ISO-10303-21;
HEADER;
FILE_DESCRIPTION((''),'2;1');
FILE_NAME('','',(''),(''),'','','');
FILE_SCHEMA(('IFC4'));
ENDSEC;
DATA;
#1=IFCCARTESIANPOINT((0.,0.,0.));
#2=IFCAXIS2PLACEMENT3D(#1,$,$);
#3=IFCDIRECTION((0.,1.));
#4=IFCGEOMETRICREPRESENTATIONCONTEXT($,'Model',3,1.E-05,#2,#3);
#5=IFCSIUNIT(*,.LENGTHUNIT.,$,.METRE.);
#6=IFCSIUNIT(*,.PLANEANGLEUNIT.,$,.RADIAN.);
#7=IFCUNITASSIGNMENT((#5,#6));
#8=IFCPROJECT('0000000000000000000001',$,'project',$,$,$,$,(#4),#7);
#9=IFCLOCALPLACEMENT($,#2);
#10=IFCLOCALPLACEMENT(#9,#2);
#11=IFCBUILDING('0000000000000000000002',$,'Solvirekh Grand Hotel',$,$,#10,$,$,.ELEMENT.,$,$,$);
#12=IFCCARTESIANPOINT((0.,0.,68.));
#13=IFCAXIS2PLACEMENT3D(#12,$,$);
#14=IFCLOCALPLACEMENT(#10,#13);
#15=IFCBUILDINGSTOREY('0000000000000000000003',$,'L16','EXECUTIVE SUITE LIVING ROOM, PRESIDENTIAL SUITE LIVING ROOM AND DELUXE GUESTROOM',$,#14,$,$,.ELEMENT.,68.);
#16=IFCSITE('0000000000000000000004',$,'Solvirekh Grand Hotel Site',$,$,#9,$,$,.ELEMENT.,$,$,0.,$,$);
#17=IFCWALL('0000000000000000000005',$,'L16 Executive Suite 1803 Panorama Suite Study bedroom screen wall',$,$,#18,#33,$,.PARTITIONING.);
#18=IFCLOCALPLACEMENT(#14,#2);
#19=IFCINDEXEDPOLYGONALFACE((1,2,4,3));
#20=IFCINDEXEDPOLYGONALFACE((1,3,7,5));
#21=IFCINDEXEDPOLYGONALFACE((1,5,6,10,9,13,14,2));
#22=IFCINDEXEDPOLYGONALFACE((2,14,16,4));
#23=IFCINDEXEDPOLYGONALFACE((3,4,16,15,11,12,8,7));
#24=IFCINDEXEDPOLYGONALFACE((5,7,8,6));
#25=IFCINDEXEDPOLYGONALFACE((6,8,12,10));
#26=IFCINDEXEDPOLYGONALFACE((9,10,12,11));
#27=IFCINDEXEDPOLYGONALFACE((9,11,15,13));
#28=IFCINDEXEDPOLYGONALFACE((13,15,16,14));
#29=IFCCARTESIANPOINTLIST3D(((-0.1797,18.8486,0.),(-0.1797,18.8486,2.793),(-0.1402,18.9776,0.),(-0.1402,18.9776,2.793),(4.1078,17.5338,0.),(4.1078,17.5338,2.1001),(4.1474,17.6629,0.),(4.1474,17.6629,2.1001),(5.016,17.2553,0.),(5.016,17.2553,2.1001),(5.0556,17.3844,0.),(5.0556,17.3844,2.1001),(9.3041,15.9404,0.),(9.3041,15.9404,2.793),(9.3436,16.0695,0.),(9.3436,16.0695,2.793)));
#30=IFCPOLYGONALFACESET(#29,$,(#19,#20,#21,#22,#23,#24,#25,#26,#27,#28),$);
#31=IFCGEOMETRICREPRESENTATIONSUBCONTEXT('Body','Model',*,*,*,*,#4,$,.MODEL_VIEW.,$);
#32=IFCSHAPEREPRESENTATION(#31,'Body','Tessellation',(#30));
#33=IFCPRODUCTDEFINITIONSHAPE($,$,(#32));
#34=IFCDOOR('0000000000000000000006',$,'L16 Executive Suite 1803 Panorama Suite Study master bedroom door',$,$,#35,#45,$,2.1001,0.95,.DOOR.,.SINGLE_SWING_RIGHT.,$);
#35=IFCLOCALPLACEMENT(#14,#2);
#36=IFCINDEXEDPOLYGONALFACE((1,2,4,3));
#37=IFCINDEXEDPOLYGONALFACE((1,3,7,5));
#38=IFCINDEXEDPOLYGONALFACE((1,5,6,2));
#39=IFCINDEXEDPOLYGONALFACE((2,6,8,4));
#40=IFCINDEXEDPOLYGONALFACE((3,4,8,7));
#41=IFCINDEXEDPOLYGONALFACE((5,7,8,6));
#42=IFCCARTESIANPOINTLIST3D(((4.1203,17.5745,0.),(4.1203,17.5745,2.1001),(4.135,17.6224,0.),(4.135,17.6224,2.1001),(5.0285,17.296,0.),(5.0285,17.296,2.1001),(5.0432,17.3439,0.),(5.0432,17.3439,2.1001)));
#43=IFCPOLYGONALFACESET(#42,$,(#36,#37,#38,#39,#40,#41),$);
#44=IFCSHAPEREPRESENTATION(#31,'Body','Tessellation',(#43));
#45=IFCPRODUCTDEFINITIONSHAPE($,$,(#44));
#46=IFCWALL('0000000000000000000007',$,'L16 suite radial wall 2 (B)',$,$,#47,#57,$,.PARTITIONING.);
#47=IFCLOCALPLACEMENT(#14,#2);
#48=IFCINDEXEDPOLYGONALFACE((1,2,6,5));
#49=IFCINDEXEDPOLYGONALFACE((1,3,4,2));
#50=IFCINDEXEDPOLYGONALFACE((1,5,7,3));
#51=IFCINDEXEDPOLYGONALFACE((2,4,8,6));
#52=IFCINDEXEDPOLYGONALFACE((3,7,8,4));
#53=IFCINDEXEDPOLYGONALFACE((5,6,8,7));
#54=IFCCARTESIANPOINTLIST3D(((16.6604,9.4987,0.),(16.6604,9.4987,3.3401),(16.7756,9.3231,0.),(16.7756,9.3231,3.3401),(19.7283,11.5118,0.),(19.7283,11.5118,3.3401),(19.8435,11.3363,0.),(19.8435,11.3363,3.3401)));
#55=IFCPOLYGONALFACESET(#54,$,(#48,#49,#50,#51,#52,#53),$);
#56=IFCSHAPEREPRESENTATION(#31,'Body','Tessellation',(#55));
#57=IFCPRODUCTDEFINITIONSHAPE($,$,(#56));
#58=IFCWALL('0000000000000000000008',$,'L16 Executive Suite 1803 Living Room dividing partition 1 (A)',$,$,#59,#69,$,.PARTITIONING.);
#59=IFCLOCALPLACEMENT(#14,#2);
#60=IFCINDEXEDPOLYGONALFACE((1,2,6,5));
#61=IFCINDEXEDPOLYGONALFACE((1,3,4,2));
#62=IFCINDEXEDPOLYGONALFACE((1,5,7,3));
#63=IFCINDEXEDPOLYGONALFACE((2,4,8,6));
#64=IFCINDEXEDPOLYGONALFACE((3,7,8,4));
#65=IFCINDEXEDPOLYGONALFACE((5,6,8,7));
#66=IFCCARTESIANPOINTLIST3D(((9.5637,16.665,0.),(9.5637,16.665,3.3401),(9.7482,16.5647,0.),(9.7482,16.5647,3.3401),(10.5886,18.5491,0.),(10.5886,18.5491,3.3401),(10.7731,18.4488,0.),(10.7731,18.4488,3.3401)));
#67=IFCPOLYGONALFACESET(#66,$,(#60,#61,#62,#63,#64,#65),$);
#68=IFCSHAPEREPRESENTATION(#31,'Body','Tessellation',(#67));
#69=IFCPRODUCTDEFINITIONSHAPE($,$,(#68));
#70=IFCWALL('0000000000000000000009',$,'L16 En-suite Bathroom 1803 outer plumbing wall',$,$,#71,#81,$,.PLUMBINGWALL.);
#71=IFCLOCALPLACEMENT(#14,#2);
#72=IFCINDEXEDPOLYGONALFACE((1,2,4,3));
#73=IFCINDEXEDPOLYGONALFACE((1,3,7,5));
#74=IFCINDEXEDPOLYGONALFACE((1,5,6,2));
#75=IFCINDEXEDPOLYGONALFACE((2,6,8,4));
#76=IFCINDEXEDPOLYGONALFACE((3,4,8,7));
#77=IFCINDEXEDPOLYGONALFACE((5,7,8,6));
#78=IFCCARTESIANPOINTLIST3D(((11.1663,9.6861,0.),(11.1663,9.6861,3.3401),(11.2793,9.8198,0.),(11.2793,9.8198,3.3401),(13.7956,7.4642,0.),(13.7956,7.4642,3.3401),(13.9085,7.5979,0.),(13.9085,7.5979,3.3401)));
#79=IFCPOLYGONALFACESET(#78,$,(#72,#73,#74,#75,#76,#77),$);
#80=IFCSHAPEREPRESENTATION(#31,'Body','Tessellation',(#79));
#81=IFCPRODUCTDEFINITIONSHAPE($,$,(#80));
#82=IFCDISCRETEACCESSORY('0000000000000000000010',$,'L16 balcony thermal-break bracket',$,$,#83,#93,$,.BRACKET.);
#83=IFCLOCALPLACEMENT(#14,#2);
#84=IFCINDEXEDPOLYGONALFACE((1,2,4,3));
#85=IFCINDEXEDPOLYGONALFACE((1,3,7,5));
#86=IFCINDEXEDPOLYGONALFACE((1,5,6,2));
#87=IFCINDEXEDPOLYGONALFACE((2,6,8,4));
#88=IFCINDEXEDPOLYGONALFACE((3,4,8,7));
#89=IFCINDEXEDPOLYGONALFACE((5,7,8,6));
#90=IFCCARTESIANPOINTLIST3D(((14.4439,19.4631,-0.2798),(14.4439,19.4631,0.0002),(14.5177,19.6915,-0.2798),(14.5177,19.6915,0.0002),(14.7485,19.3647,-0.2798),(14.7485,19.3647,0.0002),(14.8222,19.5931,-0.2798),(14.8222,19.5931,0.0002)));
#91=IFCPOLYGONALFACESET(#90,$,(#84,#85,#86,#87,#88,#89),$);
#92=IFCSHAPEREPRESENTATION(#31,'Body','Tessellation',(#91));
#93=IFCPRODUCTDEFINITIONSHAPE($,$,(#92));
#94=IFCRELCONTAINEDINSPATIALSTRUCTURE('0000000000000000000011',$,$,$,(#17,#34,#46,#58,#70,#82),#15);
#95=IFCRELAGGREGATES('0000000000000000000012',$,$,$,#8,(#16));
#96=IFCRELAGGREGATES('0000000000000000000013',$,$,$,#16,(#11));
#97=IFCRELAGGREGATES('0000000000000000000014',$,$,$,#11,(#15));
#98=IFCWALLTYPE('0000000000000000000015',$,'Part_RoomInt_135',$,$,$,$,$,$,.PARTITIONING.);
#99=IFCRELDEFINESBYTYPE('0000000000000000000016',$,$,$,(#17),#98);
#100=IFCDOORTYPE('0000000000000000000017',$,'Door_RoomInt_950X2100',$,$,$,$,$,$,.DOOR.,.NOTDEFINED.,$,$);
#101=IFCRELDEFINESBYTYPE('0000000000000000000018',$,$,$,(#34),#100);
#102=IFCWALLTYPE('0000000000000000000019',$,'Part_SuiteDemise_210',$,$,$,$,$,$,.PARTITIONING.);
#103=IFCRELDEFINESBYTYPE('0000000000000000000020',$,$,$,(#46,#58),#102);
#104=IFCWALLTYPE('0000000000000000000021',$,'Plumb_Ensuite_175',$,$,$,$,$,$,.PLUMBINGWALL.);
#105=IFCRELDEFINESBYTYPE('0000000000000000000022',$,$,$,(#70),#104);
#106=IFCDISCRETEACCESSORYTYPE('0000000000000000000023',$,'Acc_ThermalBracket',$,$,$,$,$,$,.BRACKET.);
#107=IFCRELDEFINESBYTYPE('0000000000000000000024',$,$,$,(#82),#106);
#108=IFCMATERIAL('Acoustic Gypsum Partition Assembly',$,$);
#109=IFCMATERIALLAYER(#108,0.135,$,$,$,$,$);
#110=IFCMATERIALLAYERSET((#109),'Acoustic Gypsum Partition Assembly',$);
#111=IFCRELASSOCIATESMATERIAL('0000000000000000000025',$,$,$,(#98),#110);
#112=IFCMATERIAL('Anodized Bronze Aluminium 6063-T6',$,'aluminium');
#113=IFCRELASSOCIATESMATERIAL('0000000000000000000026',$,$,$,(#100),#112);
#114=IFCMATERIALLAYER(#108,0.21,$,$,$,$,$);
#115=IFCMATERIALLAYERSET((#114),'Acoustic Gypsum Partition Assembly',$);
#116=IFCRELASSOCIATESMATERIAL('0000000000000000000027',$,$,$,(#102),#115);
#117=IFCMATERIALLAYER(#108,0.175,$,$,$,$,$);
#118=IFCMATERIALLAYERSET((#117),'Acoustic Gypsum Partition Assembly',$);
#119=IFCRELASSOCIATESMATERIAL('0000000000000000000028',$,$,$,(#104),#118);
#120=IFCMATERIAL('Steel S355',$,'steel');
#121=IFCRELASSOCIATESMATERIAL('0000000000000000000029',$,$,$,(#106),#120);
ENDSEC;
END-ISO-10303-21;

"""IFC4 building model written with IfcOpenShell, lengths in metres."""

from ifc_helpers import new_model, si_unit, direction, frame, frame_2d, origin, origin_2d, place, context, subcontext, project, spatial, rectangle, extrude, material, layer, layer_set, type_object, element, fill, save


model = new_model("IFC4")

# Units and contexts
model_context = context("Model", 3, precision=1e-05, world=origin(), true_north=direction((0.0, 1.0)))
body_context = subcontext(model_context, "Body", "Model", "MODEL_VIEW")
ifc_project = project(units=[si_unit("LENGTHUNIT", "METRE"), si_unit("PLANEANGLEUNIT", "RADIAN")], contexts=[model_context])

# Site, building, storey
site_placement = place(None, origin())
site = spatial("IfcSite", under=ifc_project, at=site_placement, Name="Solvirekh Grand Hotel Site", CompositionType="ELEMENT", RefElevation=0.0)
building_placement = place(site_placement, origin())
building = spatial("IfcBuilding", under=site, at=building_placement, Name="Solvirekh Grand Hotel", CompositionType="ELEMENT")
storey_placement = place(building_placement, frame((0.0, 0.0, 68.0)))
storey = spatial("IfcBuildingStorey", under=building, at=storey_placement, Name="L16", Description="EXECUTIVE SUITE LIVING ROOM, PRESIDENTIAL SUITE LIVING ROOM AND DELUXE GUESTROOM", CompositionType="ELEMENT", Elevation=68.0)

# Shared definitions
ifc_material_1 = material(Name="Steel S355", Category="steel")

# Shared definitions
ifc_material_2 = material(Name="Anodized Bronze Aluminium 6063-T6", Category="aluminium")

# Wall, opening, door
ifc_material_3 = material(Name="Acoustic Gypsum Partition Assembly")
ifc_layer_1 = layer(ifc_material_3, 0.135)
ifc_layer_set_1 = layer_set([ifc_layer_1], Name="Acoustic Gypsum Partition Assembly")
wall_type_1 = type_object("IfcWallType", Name="Part_RoomInt_135", PredefinedType="PARTITIONING", material=ifc_layer_set_1)
door_type = type_object("IfcDoorType", Name="Door_RoomInt_950X2100", OperationType="NOTDEFINED", PredefinedType="DOOR", material=ifc_material_2)
wall_1_placement = place(storey_placement, frame((9.324, 16.0049, 0.0), z_axis=(0.0, 0.0, 1.0), x_axis=(-0.95606, 0.293173, 0.0)))
wall_1 = element("IfcWall", 1, at=wall_1_placement, inside=storey, type_object=wall_type_1, Name="L16 Executive Suite 1803 Panorama Suite Study bedroom screen wall", PredefinedType="PARTITIONING", context=body_context, shape_type="SweptSolid", body=[
    extrude(rectangle(XDim=9.9197, YDim=0.135, at=frame_2d((4.96, 0.0))), origin(), (0.0, 0.0, 1.0), 2.793),
])
opening_1_placement = place(wall_1_placement, frame((4.4851, 0.0, 0.0)))
opening_1 = element("IfcOpeningElement", 2, at=opening_1_placement, cuts=wall_1, PredefinedType="OPENING", context=body_context, shape_type="SweptSolid", body=[
    extrude(rectangle(XDim=0.95, YDim=2.1001, at=frame_2d((0.4751, 1.05))), frame((0.0, 0.0776, 0.0), z_axis=(0.0, -1.0, 0.0), x_axis=(1.0, 0.0, 0.0)), (0.0, 0.0, 1.0), 0.155),
])
door_1_placement = place(opening_1_placement, origin())
door_1 = element("IfcDoor", 3, at=door_1_placement, inside=storey, type_object=door_type, Name="L16 Executive Suite 1803 Panorama Suite Study master bedroom door", OperationType="SINGLE_SWING_RIGHT", OverallHeight=2.1001, OverallWidth=0.95, PredefinedType="DOOR", context=body_context, shape_type="SweptSolid", body=[
    extrude(rectangle(XDim=0.95, YDim=2.1001, at=frame_2d((0.4751, 1.05))), frame((0.0, 0.0249, 0.0), z_axis=(0.0, -1.0, 0.0), x_axis=(1.0, 0.0, 0.0)), (0.0, 0.0, 1.0), 0.05),
])
fill(opening_1, door_1)

# Walls
ifc_layer_2 = layer(ifc_material_3, 0.21)
ifc_layer_set_2 = layer_set([ifc_layer_2], Name="Acoustic Gypsum Partition Assembly")
wall_type_2 = type_object("IfcWallType", Name="Part_SuiteDemise_210", PredefinedType="PARTITIONING", material=ifc_layer_set_2)
wall_2_placement = place(storey_placement, frame((16.718, 9.4109, 0.0), z_axis=(0.0, 0.0, 1.0), x_axis=(0.836061, 0.548636, 0.0)))
element("IfcWall", 4, at=wall_2_placement, inside=storey, type_object=wall_type_2, Name="L16 suite radial wall 2 (B)", PredefinedType="PARTITIONING", context=body_context, shape_type="SweptSolid", body=[
    extrude(rectangle(XDim=3.6694, YDim=0.21, at=frame_2d((1.8347, 0.0))), origin(), (0.0, 0.0, 1.0), 3.3401),
])
wall_3_placement = place(storey_placement, frame((9.656, 16.615, 0.0), z_axis=(0.0, 0.0, 1.0), x_axis=(0.477863, 0.878434, 0.0)))
element("IfcWall", 5, at=wall_3_placement, inside=storey, type_object=wall_type_2, Name="L16 Executive Suite 1803 Living Room dividing partition 1 (A)", PredefinedType="PARTITIONING", context=body_context, shape_type="SweptSolid", body=[
    extrude(rectangle(XDim=2.1448, YDim=0.21, at=frame_2d((1.0723, 0.0))), origin(), (0.0, 0.0, 1.0), 3.3401),
])
ifc_layer_3 = layer(ifc_material_3, 0.175)
ifc_layer_set_3 = layer_set([ifc_layer_3], Name="Acoustic Gypsum Partition Assembly")
wall_type_3 = type_object("IfcWallType", Name="Plumb_Ensuite_175", PredefinedType="PLUMBINGWALL", material=ifc_layer_set_3)
wall_4_placement = place(storey_placement, frame((13.8521, 7.531, 0.0), z_axis=(0.0, 0.0, 1.0), x_axis=(-0.763779, 0.645478, 0.0)))
element("IfcWall", 6, at=wall_4_placement, inside=storey, type_object=wall_type_3, Name="L16 En-suite Bathroom 1803 outer plumbing wall", PredefinedType="PLUMBINGWALL", context=body_context, shape_type="SweptSolid", body=[
    extrude(rectangle(XDim=3.4424, YDim=0.175, at=frame_2d((1.7212, 0.0))), origin(), (0.0, 0.0, 1.0), 3.3401),
])

# Discrete accessory
discrete_accessory_type = type_object("IfcDiscreteAccessoryType", Name="Acc_ThermalBracket", PredefinedType="BRACKET", material=ifc_material_1)
discrete_accessory_placement = place(storey_placement, frame((14.6331, 19.5281, -0.2798), z_axis=(0.0, 0.0, 1.0), x_axis=(0.951594, -0.307357, 0.0)))
element("IfcDiscreteAccessory", 7, at=discrete_accessory_placement, inside=storey, type_object=discrete_accessory_type, Name="L16 balcony thermal-break bracket", PredefinedType="BRACKET", context=body_context, shape_type="SweptSolid", body=[
    extrude(rectangle(XDim=0.3201, YDim=0.24, at=origin_2d()), origin(), (0.0, 0.0, 1.0), 0.28),
])

save(model, "model.ifc")
